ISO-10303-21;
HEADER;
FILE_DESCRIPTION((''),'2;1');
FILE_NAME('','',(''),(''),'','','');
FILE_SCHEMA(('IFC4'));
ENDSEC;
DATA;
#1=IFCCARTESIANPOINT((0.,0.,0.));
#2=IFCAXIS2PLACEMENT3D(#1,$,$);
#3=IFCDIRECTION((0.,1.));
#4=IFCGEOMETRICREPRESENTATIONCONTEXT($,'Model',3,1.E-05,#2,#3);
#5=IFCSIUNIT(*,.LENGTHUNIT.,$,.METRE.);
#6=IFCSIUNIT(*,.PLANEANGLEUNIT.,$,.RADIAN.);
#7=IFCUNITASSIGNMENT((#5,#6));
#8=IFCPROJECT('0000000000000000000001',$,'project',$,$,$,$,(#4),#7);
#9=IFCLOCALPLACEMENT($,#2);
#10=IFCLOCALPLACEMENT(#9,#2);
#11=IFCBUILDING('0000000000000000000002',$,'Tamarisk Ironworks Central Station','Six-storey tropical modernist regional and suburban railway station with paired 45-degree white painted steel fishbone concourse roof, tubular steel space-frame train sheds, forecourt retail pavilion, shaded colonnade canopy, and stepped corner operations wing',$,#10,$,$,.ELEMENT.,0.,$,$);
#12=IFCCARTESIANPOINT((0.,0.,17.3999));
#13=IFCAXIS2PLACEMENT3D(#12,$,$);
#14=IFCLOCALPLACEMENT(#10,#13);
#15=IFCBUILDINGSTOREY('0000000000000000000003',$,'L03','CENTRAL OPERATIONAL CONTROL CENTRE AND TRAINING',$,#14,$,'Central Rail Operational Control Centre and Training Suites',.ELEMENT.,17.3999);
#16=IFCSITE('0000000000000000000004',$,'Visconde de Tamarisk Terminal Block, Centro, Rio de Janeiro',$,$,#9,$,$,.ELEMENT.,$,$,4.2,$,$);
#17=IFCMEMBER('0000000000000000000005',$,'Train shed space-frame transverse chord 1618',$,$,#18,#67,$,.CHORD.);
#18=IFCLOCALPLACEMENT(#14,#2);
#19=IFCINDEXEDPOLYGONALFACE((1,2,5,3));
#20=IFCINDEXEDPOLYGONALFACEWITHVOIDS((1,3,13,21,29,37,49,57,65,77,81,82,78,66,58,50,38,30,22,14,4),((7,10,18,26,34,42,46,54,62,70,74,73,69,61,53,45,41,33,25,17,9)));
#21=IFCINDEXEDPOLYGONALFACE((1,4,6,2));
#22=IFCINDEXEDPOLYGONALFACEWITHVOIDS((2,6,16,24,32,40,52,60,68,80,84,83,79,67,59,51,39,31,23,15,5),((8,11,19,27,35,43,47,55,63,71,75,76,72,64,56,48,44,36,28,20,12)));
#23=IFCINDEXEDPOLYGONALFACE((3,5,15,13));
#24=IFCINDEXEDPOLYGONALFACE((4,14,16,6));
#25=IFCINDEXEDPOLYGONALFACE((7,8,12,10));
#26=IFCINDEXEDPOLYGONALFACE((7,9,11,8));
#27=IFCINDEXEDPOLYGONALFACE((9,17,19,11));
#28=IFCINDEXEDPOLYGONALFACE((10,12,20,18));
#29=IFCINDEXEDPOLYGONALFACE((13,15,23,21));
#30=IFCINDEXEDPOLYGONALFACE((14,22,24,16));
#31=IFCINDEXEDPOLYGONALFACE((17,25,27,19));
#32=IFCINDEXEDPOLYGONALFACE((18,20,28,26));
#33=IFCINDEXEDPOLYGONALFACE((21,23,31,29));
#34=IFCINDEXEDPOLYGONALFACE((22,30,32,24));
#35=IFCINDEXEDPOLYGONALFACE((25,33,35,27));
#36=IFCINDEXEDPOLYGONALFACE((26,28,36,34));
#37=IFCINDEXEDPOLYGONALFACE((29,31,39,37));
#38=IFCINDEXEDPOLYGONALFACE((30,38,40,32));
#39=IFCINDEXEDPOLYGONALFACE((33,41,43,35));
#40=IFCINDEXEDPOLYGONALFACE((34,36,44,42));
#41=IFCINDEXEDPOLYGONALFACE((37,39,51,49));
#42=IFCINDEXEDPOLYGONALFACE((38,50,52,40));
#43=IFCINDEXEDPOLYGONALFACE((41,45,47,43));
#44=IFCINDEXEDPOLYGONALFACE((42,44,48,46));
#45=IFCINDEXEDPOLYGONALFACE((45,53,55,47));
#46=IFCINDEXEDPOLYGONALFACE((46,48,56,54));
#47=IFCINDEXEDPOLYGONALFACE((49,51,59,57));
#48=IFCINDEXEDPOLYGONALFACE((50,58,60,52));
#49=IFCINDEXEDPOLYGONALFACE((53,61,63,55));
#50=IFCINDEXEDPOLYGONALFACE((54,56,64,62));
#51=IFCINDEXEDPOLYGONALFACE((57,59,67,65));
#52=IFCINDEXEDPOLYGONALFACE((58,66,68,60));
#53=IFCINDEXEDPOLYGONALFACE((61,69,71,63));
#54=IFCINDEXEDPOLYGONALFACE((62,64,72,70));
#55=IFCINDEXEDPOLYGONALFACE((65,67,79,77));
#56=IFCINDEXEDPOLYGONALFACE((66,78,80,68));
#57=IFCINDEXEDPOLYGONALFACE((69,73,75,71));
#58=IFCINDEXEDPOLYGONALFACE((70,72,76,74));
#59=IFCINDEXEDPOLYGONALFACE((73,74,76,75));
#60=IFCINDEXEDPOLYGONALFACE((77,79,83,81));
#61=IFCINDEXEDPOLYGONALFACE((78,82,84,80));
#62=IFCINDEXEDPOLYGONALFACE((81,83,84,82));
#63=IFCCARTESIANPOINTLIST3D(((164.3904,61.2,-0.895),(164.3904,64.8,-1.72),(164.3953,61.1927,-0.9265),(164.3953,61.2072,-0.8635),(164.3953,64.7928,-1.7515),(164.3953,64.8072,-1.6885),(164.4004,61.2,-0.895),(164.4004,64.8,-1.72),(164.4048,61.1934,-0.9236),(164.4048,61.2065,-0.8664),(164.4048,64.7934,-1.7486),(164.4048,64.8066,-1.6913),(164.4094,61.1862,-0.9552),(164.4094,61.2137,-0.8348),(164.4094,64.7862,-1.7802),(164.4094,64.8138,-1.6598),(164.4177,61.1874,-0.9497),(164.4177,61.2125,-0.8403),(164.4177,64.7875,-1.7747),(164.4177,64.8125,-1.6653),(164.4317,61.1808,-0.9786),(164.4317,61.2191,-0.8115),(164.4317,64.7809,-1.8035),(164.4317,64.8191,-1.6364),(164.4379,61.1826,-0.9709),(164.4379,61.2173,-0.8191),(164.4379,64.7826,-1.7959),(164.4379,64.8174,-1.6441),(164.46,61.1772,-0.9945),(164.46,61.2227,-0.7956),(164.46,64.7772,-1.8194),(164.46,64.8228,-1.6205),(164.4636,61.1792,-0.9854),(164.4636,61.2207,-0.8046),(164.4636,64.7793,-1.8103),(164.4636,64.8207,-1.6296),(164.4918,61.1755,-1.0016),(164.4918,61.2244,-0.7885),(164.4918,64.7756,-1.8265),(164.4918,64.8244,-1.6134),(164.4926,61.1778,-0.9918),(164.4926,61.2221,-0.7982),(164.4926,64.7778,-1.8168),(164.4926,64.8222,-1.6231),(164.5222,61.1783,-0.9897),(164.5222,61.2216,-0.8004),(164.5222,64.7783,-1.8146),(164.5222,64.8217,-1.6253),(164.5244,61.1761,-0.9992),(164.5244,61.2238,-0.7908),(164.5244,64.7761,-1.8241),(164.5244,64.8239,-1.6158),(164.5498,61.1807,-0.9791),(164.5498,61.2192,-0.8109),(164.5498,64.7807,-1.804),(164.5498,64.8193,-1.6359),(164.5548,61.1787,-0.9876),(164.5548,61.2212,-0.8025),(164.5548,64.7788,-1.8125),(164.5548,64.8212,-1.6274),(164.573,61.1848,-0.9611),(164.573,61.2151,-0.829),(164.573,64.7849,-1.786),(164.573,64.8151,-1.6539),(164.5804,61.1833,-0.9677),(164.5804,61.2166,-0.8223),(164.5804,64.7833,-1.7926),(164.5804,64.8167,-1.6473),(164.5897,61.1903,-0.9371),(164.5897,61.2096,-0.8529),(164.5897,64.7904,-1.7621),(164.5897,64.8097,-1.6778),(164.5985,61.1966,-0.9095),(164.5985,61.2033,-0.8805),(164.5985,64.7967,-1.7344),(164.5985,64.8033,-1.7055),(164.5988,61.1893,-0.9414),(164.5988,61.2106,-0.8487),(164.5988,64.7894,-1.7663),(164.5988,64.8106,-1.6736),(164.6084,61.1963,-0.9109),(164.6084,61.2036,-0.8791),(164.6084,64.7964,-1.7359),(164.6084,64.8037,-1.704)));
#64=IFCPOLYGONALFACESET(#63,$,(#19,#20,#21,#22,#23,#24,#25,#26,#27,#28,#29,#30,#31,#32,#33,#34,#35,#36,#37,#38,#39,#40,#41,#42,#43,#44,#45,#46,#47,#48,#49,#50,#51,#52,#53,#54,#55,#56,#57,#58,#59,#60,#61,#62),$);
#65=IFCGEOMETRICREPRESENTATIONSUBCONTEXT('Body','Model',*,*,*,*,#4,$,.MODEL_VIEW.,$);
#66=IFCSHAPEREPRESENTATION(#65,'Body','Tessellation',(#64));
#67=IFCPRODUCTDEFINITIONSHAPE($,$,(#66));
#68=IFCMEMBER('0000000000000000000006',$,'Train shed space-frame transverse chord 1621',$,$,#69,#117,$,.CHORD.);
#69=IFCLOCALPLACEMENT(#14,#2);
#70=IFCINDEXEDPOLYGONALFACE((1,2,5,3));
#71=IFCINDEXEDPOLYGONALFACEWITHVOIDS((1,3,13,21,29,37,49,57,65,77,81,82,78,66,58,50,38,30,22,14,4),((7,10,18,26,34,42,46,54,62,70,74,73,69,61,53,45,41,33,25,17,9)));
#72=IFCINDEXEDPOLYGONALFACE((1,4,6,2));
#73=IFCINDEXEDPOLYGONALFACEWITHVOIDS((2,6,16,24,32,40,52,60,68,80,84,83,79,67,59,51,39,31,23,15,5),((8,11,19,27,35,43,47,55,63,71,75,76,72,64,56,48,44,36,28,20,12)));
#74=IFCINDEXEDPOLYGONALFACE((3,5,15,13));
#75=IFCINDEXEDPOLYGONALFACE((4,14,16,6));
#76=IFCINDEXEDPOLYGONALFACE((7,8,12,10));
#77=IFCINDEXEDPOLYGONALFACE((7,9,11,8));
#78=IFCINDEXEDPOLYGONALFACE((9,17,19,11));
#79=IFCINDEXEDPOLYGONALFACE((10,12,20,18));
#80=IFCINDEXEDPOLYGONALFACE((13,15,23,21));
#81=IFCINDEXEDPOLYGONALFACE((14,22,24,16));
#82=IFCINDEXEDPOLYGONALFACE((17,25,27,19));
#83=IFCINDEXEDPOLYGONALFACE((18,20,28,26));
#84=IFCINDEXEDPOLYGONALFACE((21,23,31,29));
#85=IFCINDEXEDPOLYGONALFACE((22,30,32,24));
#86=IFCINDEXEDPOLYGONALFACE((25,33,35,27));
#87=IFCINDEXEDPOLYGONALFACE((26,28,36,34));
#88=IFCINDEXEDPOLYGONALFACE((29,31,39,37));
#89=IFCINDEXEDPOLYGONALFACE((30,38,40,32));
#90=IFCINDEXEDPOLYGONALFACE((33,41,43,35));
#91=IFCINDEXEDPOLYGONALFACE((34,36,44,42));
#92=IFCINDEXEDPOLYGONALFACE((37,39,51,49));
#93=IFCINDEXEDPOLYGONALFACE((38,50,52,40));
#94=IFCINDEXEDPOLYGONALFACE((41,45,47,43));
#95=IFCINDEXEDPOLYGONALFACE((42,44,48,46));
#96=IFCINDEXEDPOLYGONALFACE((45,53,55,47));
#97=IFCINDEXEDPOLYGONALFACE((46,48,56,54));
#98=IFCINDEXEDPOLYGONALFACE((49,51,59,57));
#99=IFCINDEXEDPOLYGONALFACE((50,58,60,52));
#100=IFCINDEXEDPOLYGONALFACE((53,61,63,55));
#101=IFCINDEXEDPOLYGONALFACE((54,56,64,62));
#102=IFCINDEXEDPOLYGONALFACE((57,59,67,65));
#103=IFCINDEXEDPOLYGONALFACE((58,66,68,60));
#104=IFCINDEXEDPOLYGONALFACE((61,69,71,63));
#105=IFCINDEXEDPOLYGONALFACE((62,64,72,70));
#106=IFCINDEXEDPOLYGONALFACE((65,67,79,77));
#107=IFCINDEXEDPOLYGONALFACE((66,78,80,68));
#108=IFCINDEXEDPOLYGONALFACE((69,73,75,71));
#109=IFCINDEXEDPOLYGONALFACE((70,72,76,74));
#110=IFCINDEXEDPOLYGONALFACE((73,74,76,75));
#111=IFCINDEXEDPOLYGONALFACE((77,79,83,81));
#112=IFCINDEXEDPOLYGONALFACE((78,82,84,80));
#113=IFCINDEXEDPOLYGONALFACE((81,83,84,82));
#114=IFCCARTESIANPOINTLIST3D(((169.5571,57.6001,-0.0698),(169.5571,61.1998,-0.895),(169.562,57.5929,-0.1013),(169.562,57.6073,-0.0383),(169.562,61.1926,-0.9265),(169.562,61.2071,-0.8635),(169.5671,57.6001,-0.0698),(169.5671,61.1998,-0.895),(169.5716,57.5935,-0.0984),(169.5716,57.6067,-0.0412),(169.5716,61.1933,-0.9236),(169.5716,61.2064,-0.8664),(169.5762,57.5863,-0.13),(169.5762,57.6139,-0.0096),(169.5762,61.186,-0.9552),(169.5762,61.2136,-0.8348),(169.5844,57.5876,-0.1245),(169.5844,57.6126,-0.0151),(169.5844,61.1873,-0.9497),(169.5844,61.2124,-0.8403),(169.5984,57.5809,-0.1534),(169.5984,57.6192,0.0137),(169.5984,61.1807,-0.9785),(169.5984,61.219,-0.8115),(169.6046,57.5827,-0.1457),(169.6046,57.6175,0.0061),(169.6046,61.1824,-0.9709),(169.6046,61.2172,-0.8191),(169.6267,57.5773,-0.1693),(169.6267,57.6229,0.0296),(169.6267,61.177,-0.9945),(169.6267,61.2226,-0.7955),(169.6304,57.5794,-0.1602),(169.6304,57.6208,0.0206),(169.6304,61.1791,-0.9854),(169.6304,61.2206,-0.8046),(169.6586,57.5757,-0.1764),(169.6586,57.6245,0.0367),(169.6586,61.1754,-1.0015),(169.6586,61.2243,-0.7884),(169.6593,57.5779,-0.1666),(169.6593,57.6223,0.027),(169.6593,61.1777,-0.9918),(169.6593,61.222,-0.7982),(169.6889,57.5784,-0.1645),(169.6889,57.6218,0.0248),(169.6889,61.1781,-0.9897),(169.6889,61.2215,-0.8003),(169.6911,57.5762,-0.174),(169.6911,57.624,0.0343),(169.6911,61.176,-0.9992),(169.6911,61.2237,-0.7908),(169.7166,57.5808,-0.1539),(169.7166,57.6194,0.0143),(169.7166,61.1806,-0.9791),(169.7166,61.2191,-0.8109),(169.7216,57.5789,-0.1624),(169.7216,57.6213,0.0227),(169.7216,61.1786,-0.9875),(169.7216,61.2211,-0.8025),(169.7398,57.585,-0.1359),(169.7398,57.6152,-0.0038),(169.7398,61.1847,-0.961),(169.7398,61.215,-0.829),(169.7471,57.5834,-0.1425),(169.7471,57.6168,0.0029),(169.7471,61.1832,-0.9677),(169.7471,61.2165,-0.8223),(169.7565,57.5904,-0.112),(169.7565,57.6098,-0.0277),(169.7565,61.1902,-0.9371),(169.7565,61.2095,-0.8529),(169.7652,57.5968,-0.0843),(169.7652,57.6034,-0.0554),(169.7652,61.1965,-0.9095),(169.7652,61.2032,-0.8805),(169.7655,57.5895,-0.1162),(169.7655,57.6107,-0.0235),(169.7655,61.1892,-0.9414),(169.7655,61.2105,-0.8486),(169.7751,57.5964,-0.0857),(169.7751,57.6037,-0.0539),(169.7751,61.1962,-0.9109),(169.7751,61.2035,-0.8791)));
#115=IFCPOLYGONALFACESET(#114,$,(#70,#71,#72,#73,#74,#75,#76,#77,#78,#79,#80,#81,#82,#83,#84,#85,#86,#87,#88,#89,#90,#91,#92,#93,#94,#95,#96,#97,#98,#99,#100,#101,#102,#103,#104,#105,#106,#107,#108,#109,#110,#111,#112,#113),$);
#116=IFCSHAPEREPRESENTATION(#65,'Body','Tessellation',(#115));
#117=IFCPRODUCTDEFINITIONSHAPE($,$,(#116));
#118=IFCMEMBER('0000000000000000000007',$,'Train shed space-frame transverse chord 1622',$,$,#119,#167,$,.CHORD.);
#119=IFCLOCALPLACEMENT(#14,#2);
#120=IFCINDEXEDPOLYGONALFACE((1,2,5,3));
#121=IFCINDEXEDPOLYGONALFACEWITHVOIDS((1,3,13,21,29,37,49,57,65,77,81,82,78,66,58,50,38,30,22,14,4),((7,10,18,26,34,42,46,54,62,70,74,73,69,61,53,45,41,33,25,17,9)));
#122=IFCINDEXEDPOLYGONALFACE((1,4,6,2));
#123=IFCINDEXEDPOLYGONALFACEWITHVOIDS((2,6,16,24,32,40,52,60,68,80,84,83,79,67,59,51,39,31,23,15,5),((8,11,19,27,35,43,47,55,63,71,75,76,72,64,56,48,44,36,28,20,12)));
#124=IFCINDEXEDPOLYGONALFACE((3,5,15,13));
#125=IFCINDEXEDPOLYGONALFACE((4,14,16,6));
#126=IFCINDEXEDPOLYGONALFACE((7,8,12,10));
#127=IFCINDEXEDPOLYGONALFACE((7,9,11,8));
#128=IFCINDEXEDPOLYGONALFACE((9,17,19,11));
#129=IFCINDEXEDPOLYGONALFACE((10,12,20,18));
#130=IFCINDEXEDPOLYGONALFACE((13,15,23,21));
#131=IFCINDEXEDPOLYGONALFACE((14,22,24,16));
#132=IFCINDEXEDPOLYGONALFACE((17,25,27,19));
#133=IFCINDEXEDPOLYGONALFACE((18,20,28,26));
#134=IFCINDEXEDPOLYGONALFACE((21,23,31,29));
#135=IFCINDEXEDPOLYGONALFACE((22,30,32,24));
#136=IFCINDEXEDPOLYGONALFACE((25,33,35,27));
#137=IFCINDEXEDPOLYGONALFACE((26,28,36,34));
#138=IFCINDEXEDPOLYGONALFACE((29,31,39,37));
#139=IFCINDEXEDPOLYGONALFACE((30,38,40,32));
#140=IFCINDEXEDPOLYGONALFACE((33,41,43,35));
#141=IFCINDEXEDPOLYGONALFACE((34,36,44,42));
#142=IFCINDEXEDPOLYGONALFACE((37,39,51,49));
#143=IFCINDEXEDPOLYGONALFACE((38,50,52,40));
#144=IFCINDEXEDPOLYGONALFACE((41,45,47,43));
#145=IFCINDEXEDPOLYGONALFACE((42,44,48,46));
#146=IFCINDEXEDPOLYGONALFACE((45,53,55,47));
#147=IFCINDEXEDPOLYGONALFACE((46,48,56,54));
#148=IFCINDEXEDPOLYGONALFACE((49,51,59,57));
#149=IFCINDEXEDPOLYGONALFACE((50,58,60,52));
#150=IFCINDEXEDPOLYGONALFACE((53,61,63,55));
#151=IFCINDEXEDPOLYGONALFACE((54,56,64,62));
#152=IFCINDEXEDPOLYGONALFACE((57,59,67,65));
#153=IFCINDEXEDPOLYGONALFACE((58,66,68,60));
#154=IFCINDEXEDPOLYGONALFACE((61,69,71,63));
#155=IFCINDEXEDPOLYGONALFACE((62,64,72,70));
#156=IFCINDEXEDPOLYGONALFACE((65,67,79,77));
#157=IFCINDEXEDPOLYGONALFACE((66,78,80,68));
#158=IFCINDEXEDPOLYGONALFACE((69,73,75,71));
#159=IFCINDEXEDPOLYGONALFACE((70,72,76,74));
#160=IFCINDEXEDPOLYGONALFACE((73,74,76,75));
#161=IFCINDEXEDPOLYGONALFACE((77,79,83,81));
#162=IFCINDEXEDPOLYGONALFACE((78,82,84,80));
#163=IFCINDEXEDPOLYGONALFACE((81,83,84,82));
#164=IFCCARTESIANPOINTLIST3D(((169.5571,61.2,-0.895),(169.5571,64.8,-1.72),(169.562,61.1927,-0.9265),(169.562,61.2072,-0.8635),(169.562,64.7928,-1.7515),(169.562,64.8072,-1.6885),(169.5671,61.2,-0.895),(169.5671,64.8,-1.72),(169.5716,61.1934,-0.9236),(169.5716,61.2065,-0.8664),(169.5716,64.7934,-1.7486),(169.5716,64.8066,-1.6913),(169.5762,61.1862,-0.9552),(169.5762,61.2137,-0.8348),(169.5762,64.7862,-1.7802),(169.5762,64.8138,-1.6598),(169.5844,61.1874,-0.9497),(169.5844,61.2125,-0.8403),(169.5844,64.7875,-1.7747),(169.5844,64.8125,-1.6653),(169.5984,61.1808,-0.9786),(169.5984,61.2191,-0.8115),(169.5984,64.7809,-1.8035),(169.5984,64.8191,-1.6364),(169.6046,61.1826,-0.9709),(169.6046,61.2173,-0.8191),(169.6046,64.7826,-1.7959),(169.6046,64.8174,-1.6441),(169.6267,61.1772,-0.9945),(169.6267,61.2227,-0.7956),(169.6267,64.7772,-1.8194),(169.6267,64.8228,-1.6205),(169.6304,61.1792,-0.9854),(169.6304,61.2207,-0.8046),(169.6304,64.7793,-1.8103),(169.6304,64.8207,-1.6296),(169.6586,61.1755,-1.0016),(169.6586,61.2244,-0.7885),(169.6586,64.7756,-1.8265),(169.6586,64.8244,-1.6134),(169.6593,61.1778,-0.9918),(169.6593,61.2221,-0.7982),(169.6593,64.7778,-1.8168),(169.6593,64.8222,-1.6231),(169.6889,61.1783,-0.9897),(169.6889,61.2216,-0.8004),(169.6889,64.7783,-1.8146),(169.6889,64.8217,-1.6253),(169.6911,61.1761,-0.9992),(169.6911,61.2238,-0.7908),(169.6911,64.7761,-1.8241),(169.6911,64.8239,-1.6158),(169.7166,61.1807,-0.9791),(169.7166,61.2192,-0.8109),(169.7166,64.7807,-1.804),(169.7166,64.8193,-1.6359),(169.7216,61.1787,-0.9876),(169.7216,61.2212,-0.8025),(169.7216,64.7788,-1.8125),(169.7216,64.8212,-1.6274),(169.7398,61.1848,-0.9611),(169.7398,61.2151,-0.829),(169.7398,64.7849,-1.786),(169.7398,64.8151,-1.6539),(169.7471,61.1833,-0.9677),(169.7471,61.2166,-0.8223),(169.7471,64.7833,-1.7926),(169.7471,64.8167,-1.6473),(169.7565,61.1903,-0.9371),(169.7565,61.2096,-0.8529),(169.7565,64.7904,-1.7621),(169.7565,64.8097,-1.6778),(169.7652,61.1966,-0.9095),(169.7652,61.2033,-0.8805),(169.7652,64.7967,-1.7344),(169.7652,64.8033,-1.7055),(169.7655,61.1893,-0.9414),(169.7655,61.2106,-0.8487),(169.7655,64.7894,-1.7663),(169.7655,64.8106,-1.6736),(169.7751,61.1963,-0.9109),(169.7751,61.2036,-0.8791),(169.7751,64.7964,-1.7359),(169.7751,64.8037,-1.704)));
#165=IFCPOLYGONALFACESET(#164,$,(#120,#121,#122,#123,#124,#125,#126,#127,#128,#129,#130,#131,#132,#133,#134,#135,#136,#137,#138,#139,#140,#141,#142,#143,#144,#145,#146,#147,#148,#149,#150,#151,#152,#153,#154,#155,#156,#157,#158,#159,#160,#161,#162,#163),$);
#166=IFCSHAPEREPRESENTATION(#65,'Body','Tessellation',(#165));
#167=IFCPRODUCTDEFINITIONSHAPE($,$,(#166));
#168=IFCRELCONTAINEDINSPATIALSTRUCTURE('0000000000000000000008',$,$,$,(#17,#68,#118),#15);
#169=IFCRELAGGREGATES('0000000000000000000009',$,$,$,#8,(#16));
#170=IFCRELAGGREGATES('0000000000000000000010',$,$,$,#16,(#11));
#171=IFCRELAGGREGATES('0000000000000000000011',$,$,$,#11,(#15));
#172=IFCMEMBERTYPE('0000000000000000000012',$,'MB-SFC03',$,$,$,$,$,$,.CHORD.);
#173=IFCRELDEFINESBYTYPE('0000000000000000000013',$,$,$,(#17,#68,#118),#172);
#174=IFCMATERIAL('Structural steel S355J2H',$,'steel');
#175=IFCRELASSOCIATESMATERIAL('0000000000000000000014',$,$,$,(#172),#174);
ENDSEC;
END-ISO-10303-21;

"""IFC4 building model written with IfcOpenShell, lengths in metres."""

from ifc_helpers import new_model, si_unit, direction, frame, origin, origin_2d, place, context, subcontext, project, spatial, hollow_circle, extrude, material, material_profile, profile_set, type_object, element, save


model = new_model("IFC4")

# Units and contexts
model_context = context("Model", 3, precision=1e-05, world=origin(), true_north=direction((0.0, 1.0)))
body_context = subcontext(model_context, "Body", "Model", "MODEL_VIEW")
ifc_project = project(units=[si_unit("LENGTHUNIT", "METRE"), si_unit("PLANEANGLEUNIT", "RADIAN")], contexts=[model_context])

# Site, building, storey
site_placement = place(None, origin())
site = spatial("IfcSite", under=ifc_project, at=site_placement, Name="Visconde de Tamarisk Terminal Block, Centro, Rio de Janeiro", CompositionType="ELEMENT", RefElevation=4.2)
building_placement = place(site_placement, origin())
building = spatial("IfcBuilding", under=site, at=building_placement, Name="Tamarisk Ironworks Central Station", Description="Six-storey tropical modernist regional and suburban railway station with paired 45-degree white painted steel fishbone concourse roof, tubular steel space-frame train sheds, forecourt retail pavilion, shaded colonnade canopy, and stepped corner operations wing", CompositionType="ELEMENT", ElevationOfRefHeight=0.0)
storey_placement = place(building_placement, frame((0.0, 0.0, 17.3999)))
storey = spatial("IfcBuildingStorey", under=building, at=storey_placement, Name="L03", Description="CENTRAL OPERATIONAL CONTROL CENTRE AND TRAINING", LongName="Central Rail Operational Control Centre and Training Suites", CompositionType="ELEMENT", Elevation=17.3999)

# Members
ifc_material = material(Name="Structural steel S355J2H", Category="steel")
ifc_material_profile_1 = material_profile(ifc_material, hollow_circle(Radius=0.1096, WallThickness=0.01, at=origin_2d()), Name="CHS 219.1x10")
ifc_profile_set_1 = profile_set([ifc_material_profile_1], Name="Structural steel S355J2H")
member_type_1 = type_object("IfcMemberType", Name="MB-SFC03", PredefinedType="CHORD", material=ifc_profile_set_1)
member_1_placement = place(storey_placement, frame((164.5, 61.2, -0.895), z_axis=(0.0, 0.974737, -0.223358), x_axis=(-1.0, 0.0, 0.0)))
element("IfcMember", 1, at=member_1_placement, inside=storey, type_object=member_type_1, Name="Train shed space-frame transverse chord 1618", PredefinedType="CHORD", context=body_context, shape_type="SweptSolid", body=[
    extrude(hollow_circle(Radius=0.1096, WallThickness=0.01, at=origin_2d()), origin(), (0.0, 0.0, 1.0), 3.6934),
])
member_2_placement = place(storey_placement, frame((169.6667, 57.6001, -0.0698), z_axis=(0.0, 0.974719, -0.223435), x_axis=(-1.0, 0.0, 0.0)))
element("IfcMember", 2, at=member_2_placement, inside=storey, type_object=member_type_1, Name="Train shed space-frame transverse chord 1621", PredefinedType="CHORD", context=body_context, shape_type="SweptSolid", body=[
    extrude(hollow_circle(Radius=0.1096, WallThickness=0.01, at=origin_2d()), origin(), (0.0, 0.0, 1.0), 3.6931),
])
member_3_placement = place(storey_placement, frame((169.6667, 61.2, -0.895), z_axis=(0.0, 0.974737, -0.223358), x_axis=(-1.0, 0.0, 0.0)))
element("IfcMember", 3, at=member_3_placement, inside=storey, type_object=member_type_1, Name="Train shed space-frame transverse chord 1622", PredefinedType="CHORD", context=body_context, shape_type="SweptSolid", body=[
    extrude(hollow_circle(Radius=0.1096, WallThickness=0.01, at=origin_2d()), origin(), (0.0, 0.0, 1.0), 3.6934),
])

save(model, "model.ifc")
